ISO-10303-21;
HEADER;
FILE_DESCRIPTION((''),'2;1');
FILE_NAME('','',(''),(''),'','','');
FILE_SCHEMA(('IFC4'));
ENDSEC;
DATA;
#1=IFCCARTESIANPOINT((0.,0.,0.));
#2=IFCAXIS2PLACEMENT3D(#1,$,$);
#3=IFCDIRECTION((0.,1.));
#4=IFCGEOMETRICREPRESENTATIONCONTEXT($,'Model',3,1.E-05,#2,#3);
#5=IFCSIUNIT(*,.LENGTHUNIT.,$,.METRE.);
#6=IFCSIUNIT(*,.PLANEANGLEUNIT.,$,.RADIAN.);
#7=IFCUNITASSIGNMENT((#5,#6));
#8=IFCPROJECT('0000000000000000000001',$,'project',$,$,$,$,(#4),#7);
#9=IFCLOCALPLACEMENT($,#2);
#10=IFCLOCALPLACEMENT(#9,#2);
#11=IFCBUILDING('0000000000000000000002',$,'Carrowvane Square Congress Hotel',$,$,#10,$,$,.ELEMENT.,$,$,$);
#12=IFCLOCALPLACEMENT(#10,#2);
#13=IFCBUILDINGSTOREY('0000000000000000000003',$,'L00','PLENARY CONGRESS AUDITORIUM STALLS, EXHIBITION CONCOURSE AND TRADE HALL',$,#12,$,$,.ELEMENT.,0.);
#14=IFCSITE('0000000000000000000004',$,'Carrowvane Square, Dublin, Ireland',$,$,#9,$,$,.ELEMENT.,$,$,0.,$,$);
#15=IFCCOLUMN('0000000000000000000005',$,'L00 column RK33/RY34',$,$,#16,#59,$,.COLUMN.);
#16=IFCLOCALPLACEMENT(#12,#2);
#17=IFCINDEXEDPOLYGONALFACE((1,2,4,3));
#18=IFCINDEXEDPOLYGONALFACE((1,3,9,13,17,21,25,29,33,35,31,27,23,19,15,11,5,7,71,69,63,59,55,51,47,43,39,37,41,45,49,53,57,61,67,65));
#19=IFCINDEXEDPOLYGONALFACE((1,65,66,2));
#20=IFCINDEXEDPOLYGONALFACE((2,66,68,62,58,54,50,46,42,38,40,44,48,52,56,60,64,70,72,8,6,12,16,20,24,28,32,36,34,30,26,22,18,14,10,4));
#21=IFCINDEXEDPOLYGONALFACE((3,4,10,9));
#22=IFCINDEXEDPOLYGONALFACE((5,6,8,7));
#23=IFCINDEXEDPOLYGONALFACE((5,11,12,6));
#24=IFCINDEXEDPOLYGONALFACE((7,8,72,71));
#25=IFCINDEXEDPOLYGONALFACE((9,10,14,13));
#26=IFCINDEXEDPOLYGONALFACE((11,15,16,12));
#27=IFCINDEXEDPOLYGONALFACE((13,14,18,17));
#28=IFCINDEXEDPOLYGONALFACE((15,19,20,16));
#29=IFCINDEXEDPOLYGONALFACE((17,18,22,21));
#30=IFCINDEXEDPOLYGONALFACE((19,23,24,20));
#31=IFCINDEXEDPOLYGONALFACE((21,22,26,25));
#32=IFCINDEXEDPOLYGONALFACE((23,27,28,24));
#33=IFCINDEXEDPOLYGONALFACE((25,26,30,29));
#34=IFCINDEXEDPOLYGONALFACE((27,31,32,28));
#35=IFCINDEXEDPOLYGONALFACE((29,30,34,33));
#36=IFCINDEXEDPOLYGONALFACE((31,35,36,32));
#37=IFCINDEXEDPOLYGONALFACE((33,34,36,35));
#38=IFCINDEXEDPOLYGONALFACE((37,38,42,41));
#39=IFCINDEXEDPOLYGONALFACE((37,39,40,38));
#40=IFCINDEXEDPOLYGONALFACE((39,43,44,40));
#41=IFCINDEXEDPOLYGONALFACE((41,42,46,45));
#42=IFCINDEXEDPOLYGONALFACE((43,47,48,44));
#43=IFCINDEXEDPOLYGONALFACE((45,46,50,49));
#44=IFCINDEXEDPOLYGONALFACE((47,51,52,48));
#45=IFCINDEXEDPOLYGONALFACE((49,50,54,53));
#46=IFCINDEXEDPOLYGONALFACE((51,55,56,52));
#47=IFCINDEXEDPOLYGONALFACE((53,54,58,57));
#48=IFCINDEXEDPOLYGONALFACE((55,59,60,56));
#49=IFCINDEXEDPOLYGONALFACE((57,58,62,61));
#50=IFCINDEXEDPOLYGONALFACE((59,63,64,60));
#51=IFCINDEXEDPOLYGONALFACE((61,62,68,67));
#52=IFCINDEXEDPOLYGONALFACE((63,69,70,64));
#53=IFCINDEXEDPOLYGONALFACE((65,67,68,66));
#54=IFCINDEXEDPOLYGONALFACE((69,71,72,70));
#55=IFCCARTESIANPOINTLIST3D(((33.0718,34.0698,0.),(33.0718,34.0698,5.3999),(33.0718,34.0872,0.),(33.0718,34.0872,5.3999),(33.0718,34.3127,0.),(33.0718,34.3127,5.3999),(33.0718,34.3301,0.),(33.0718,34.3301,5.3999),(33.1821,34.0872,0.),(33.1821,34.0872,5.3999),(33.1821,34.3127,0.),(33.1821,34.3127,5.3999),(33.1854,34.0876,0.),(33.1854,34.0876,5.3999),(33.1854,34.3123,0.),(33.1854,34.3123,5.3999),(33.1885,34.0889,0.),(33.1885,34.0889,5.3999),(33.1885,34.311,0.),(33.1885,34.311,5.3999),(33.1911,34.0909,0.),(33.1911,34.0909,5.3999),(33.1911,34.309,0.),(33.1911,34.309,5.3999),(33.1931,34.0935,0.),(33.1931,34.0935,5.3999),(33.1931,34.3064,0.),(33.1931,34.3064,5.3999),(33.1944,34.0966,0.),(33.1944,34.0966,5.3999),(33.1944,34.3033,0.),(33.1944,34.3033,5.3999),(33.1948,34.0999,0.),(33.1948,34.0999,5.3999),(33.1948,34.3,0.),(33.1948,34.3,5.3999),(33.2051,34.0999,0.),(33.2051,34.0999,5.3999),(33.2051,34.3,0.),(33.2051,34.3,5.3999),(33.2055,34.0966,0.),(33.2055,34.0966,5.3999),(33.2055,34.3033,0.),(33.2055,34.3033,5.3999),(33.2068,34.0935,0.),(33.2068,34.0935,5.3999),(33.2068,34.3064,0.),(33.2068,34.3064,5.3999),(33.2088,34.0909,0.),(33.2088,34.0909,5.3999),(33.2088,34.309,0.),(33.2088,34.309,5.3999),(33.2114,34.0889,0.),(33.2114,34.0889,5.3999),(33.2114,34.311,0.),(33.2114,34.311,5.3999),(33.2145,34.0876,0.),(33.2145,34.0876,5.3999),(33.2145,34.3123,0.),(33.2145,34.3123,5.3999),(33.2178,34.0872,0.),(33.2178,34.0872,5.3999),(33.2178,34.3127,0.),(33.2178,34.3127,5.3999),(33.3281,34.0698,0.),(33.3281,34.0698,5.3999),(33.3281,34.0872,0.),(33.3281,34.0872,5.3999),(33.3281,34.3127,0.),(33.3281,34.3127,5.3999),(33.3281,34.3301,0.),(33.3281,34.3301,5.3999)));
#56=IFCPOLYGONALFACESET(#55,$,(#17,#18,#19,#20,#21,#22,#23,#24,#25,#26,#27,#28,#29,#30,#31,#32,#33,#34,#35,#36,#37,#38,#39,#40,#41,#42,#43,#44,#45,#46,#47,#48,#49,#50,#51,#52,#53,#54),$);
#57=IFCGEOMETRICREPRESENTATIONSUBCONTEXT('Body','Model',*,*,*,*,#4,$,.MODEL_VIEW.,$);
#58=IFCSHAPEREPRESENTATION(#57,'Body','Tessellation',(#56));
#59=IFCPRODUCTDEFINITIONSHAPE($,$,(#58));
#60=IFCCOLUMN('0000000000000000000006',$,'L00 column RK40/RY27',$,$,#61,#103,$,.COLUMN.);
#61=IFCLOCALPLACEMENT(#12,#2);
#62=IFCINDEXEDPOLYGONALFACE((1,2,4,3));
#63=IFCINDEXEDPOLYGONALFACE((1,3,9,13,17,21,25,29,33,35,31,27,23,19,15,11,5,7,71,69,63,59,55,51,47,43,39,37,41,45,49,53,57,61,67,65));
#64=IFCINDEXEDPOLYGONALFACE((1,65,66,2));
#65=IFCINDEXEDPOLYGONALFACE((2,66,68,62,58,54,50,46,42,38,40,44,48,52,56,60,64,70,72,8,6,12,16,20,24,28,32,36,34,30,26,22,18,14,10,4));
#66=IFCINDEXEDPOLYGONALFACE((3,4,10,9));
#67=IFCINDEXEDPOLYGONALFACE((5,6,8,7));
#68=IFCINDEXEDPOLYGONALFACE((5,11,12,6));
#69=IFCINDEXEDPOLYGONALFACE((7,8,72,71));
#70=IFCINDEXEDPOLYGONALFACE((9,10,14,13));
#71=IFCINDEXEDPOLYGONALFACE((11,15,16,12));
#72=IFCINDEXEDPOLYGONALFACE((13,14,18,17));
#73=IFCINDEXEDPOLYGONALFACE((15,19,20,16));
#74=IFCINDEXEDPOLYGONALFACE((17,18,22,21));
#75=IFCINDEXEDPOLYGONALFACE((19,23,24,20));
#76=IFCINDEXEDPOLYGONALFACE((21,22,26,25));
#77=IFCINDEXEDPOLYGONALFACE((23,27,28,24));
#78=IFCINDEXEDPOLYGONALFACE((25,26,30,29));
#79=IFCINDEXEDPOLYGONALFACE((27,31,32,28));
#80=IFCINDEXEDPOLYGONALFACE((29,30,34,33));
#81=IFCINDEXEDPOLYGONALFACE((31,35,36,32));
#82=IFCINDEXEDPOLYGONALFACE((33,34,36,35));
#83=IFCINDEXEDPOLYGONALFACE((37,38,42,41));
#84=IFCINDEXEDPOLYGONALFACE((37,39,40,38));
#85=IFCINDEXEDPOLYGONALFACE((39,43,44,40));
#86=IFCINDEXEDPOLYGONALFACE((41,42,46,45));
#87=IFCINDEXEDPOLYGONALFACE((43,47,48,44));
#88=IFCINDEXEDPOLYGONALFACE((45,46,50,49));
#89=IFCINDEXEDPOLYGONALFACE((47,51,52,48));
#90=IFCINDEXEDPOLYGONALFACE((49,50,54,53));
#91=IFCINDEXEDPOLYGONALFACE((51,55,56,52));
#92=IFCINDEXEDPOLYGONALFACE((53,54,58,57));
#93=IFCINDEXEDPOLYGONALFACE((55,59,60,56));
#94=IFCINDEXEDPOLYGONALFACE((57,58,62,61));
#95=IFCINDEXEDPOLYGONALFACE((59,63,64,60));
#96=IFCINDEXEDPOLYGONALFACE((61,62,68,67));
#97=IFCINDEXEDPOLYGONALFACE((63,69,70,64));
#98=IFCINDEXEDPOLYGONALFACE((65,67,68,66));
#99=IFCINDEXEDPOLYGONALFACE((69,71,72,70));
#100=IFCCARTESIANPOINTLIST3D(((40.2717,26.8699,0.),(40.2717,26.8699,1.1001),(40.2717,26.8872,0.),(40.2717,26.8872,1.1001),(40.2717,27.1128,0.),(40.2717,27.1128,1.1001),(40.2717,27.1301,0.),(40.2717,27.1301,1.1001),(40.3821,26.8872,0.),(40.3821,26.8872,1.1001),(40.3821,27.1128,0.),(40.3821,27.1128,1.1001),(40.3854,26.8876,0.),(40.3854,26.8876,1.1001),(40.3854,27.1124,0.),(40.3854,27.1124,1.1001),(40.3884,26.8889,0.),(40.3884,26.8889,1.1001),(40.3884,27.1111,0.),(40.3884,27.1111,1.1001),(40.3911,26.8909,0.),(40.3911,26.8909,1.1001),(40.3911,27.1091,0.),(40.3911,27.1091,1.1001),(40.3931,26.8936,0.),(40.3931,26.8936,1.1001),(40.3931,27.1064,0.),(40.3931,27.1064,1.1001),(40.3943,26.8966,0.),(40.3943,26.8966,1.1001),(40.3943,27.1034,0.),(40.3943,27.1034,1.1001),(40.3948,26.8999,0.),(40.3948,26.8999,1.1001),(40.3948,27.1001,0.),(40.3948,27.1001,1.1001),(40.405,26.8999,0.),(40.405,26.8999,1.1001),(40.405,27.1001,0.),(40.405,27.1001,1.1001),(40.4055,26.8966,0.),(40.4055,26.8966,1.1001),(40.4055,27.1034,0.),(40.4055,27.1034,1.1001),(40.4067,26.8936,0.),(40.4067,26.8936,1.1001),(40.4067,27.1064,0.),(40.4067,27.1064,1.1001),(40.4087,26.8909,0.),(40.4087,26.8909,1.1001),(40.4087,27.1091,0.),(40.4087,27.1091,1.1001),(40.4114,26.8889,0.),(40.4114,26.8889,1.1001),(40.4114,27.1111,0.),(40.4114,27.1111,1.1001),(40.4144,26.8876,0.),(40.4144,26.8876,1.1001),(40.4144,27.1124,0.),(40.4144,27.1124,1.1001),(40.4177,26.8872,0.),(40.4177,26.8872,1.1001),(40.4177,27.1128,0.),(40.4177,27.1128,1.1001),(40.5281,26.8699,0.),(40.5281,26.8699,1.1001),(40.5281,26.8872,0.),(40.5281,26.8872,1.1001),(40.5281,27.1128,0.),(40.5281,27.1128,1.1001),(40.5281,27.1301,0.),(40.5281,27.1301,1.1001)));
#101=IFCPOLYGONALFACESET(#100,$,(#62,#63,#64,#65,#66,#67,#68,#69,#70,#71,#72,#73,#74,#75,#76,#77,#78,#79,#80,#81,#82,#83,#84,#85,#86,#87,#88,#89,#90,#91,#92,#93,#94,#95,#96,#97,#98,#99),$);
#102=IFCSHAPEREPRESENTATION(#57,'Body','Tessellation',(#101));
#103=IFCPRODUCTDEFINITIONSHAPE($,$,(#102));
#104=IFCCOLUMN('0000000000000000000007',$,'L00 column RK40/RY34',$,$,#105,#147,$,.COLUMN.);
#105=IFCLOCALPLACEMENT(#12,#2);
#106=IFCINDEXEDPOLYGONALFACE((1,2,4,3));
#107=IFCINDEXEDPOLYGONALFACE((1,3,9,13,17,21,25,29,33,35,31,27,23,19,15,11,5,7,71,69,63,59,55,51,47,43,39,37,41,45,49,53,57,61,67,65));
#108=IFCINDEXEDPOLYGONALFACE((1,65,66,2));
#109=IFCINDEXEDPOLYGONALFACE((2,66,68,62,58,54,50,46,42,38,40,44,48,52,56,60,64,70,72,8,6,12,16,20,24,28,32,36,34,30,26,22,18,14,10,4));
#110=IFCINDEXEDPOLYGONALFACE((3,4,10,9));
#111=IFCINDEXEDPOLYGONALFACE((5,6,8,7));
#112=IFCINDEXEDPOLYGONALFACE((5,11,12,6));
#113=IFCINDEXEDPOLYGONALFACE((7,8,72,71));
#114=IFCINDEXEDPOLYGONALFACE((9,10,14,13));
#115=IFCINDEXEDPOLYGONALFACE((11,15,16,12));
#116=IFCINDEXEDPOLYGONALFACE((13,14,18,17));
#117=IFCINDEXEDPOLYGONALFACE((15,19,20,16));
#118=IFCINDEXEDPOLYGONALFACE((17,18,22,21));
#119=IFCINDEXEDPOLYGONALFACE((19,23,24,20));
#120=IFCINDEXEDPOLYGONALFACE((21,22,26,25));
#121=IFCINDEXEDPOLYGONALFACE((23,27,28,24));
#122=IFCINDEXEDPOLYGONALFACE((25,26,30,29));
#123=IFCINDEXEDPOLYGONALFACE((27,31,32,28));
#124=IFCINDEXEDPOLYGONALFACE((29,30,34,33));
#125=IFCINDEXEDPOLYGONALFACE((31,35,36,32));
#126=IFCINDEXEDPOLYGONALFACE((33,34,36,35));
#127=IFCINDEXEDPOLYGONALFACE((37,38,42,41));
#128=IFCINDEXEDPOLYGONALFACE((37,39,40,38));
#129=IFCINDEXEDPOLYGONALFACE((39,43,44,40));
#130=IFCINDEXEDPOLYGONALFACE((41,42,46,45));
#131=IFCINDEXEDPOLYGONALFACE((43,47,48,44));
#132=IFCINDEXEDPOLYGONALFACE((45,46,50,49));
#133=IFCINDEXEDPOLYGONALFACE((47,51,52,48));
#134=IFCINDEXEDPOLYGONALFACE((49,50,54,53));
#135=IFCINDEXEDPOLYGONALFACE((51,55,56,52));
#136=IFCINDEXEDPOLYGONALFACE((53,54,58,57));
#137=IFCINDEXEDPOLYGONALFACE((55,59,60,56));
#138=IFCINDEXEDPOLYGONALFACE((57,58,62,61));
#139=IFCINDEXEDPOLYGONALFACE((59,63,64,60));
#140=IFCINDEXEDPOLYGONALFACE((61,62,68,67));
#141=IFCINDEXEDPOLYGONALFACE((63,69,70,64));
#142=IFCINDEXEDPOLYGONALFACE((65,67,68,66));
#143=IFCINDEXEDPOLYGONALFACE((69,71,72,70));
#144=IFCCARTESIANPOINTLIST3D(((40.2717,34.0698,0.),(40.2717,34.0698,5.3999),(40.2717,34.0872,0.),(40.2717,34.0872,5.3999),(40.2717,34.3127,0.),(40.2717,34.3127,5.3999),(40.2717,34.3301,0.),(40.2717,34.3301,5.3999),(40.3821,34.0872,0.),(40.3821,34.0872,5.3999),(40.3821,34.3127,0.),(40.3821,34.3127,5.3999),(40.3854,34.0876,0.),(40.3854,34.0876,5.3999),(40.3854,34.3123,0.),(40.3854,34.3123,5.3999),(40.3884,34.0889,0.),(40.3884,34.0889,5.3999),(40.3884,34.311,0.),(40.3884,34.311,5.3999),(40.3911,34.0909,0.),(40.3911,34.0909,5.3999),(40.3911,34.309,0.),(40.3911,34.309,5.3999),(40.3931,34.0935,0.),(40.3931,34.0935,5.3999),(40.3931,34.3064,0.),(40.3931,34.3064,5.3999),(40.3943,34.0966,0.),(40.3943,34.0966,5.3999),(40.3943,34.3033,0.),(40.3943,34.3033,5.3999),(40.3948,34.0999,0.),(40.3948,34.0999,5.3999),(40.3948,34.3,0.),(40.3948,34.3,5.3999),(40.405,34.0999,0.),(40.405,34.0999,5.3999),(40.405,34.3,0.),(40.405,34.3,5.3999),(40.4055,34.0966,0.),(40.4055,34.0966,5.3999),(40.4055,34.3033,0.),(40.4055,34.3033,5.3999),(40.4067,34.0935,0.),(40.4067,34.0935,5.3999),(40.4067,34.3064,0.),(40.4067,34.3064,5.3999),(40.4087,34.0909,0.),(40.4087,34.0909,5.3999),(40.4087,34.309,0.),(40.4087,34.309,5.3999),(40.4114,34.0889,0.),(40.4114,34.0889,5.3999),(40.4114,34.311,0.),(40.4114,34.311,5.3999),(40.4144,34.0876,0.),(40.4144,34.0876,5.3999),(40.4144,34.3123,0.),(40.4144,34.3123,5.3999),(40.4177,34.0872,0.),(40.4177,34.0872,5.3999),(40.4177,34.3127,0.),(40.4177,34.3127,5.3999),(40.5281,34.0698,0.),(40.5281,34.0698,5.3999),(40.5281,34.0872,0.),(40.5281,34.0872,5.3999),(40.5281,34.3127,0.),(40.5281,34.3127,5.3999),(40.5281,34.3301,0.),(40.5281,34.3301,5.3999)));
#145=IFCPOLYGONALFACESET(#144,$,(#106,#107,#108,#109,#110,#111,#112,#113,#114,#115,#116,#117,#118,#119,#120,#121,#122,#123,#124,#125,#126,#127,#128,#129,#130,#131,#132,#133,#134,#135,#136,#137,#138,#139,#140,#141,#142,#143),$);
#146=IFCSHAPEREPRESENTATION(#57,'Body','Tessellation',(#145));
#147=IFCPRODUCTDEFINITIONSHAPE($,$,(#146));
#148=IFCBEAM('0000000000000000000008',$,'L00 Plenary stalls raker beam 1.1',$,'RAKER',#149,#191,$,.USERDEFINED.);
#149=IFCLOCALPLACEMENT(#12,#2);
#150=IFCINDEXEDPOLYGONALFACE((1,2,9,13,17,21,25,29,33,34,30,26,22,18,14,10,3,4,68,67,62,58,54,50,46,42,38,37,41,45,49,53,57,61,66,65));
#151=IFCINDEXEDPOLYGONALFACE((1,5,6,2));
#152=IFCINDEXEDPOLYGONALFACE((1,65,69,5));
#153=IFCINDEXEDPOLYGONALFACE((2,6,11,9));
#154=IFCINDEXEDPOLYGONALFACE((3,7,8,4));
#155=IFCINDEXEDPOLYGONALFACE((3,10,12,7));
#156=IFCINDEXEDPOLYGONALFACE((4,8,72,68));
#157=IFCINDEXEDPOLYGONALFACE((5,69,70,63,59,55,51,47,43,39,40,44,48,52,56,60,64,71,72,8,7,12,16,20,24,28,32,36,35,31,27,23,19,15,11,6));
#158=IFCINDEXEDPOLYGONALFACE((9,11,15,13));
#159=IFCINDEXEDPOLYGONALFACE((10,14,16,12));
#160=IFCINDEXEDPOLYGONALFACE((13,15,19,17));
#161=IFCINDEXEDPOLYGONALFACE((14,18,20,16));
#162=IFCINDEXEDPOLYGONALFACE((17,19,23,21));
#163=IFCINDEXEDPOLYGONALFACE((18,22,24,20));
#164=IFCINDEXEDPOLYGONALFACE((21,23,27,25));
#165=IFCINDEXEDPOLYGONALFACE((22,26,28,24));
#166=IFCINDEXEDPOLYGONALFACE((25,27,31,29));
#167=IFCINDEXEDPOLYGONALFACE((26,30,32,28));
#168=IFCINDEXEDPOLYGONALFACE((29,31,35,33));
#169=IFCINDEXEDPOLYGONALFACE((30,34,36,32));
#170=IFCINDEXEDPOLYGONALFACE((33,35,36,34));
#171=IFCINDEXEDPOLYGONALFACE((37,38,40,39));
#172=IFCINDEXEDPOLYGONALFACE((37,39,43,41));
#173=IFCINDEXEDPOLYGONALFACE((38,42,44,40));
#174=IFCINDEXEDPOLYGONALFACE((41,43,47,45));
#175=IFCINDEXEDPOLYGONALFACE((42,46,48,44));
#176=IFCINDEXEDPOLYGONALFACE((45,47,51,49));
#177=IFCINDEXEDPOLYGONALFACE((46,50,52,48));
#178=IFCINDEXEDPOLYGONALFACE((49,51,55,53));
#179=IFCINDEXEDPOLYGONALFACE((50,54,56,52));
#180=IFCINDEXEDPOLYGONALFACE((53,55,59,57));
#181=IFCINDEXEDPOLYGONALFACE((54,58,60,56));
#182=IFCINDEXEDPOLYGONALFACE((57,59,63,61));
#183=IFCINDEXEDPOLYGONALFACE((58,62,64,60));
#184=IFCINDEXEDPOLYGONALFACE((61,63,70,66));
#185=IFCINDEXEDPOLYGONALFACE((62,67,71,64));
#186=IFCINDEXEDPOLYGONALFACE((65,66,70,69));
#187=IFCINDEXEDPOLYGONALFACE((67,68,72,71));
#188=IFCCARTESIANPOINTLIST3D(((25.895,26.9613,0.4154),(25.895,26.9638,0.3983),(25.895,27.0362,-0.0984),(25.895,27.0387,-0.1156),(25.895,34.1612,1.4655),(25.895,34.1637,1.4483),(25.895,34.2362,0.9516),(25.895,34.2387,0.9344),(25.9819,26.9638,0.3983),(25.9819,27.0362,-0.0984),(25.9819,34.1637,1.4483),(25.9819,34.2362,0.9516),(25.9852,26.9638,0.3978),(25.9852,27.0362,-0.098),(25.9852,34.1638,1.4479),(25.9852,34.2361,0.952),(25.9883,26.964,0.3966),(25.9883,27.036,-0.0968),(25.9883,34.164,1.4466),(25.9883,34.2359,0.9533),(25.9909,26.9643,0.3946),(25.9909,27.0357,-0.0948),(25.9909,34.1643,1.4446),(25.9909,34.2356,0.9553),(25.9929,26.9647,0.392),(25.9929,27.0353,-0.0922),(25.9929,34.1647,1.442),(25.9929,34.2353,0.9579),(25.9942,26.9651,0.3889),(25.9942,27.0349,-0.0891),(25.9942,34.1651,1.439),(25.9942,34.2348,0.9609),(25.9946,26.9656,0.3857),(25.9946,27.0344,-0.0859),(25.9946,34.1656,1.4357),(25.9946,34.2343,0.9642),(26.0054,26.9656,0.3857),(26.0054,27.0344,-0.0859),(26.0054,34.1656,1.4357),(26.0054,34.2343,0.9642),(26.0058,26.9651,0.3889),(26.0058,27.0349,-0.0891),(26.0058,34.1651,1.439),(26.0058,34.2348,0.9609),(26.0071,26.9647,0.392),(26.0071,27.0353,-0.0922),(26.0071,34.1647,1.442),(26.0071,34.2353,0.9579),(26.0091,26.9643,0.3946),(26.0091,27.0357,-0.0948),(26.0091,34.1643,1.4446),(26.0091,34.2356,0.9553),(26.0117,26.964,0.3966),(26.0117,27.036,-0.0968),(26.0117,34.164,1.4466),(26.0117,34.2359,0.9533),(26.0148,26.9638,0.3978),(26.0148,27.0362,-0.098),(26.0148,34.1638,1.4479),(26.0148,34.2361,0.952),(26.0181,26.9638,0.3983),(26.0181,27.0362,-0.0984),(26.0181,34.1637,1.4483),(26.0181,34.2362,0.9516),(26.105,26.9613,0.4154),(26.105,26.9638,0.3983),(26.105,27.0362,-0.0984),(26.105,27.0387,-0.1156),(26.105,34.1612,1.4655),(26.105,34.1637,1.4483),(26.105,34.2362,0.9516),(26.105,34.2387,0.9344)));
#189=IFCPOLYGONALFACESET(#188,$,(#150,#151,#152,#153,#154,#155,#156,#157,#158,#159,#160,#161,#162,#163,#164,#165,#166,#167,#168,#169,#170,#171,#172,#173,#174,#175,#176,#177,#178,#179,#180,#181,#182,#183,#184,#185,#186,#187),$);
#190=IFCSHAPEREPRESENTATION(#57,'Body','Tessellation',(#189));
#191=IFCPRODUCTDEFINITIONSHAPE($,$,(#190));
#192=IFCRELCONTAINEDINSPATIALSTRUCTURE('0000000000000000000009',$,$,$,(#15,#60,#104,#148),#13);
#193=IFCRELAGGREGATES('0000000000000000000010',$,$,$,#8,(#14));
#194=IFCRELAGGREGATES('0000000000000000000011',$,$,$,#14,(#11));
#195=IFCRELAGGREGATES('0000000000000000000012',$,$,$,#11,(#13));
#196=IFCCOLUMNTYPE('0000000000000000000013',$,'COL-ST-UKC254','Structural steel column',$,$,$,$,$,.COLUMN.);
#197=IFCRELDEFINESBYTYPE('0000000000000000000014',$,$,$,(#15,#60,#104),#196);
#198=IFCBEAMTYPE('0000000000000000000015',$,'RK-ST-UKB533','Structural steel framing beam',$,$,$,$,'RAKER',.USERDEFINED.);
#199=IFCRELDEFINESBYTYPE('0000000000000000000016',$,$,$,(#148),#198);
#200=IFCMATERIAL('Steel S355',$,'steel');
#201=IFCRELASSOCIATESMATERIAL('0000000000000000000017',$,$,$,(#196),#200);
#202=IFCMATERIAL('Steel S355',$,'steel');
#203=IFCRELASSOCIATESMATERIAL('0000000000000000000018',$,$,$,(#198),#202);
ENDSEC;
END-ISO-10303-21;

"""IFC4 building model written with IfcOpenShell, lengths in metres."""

from ifc_helpers import new_model, si_unit, direction, frame, origin, origin_2d, place, context, subcontext, project, spatial, i_section, extrude, material, material_profile, profile_set, type_object, element, save


model = new_model("IFC4")

# Units and contexts
model_context = context("Model", 3, precision=1e-05, world=origin(), true_north=direction((0.0, 1.0)))
body_context = subcontext(model_context, "Body", "Model", "MODEL_VIEW")
ifc_project = project(units=[si_unit("LENGTHUNIT", "METRE"), si_unit("PLANEANGLEUNIT", "RADIAN")], contexts=[model_context])

# Site, building, storey
site_placement = place(None, origin())
site = spatial("IfcSite", under=ifc_project, at=site_placement, Name="Carrowvane Square, Dublin, Ireland", CompositionType="ELEMENT", RefElevation=0.0)
building_placement = place(site_placement, origin())
building = spatial("IfcBuilding", under=site, at=building_placement, Name="Carrowvane Square Congress Hotel", CompositionType="ELEMENT")
storey_placement = place(building_placement, origin())
storey = spatial("IfcBuildingStorey", under=building, at=storey_placement, Name="L00", Description="PLENARY CONGRESS AUDITORIUM STALLS, EXHIBITION CONCOURSE AND TRADE HALL", CompositionType="ELEMENT", Elevation=0.0)

# Columns
ifc_material_1 = material(Name="Steel S355", Category="steel")
ifc_material_profile_1 = material_profile(ifc_material_1, i_section(OverallWidth=0.2563, OverallDepth=0.2603, WebThickness=0.0103, FlangeThickness=0.0173, FilletRadius=0.0127, at=origin_2d()), Name="UKC 254x254x89")
ifc_profile_set_1 = profile_set([ifc_material_profile_1], Name="Steel S355")
column_type_1 = type_object("IfcColumnType", Name="COL-ST-UKC254", Description="Structural steel column", PredefinedType="COLUMN", material=ifc_profile_set_1)
column_1_placement = place(storey_placement, frame((33.2, 34.2, 0.0), z_axis=(0.0, 0.0, 1.0), x_axis=(1.0, 0.0, 0.0)))
element("IfcColumn", 1, at=column_1_placement, inside=storey, type_object=column_type_1, Name="L00 column RK33/RY34", PredefinedType="COLUMN", context=body_context, shape_type="SweptSolid", body=[
    extrude(i_section(OverallWidth=0.2563, OverallDepth=0.2603, WebThickness=0.0103, FlangeThickness=0.0173, FilletRadius=0.0127, at=origin_2d()), origin(), (0.0, 0.0, 1.0), 5.3999),
])
column_2_placement = place(storey_placement, frame((40.3999, 27.0, 0.0), z_axis=(0.0, 0.0, 1.0), x_axis=(1.0, 0.0, 0.0)))
element("IfcColumn", 2, at=column_2_placement, inside=storey, type_object=column_type_1, Name="L00 column RK40/RY27", PredefinedType="COLUMN", context=body_context, shape_type="SweptSolid", body=[
    extrude(i_section(OverallWidth=0.2563, OverallDepth=0.2603, WebThickness=0.0103, FlangeThickness=0.0173, FilletRadius=0.0127, at=origin_2d()), origin(), (0.0, 0.0, 1.0), 1.1001),
])
column_3_placement = place(storey_placement, frame((40.3999, 34.2, 0.0), z_axis=(0.0, 0.0, 1.0), x_axis=(1.0, 0.0, 0.0)))
element("IfcColumn", 3, at=column_3_placement, inside=storey, type_object=column_type_1, Name="L00 column RK40/RY34", PredefinedType="COLUMN", context=body_context, shape_type="SweptSolid", body=[
    extrude(i_section(OverallWidth=0.2563, OverallDepth=0.2603, WebThickness=0.0103, FlangeThickness=0.0173, FilletRadius=0.0127, at=origin_2d()), origin(), (0.0, 0.0, 1.0), 5.3999),
])

# Beam
ifc_material_2 = material(Name="Steel S355", Category="steel")
ifc_material_profile_2 = material_profile(ifc_material_2, i_section(OverallWidth=0.21, OverallDepth=0.5366, WebThickness=0.0107, FlangeThickness=0.0173, FilletRadius=0.0127, at=origin_2d()), Name="UKB 533x210x101")
ifc_profile_set_2 = profile_set([ifc_material_profile_2], Name="Steel S355")
beam_type_1 = type_object("IfcBeamType", Name="RK-ST-UKB533", Description="Structural steel framing beam", ElementType="RAKER", PredefinedType="USERDEFINED", material=ifc_profile_set_2)
beam_1_placement = place(storey_placement, frame((26.0, 27.0, 0.1499), z_axis=(0.0, 0.989532, 0.144314), x_axis=(-1.0, 0.0, 0.0)))
element("IfcBeam", 4, at=beam_1_placement, inside=storey, type_object=beam_type_1, Name="L00 Plenary stalls raker beam 1.1", ObjectType="RAKER", PredefinedType="USERDEFINED", context=body_context, shape_type="SweptSolid", body=[
    extrude(i_section(OverallWidth=0.21, OverallDepth=0.5366, WebThickness=0.0107, FlangeThickness=0.0173, FilletRadius=0.0127, at=origin_2d()), origin(), (0.0, 0.0, 1.0), 7.2761),
])

save(model, "model.ifc")
